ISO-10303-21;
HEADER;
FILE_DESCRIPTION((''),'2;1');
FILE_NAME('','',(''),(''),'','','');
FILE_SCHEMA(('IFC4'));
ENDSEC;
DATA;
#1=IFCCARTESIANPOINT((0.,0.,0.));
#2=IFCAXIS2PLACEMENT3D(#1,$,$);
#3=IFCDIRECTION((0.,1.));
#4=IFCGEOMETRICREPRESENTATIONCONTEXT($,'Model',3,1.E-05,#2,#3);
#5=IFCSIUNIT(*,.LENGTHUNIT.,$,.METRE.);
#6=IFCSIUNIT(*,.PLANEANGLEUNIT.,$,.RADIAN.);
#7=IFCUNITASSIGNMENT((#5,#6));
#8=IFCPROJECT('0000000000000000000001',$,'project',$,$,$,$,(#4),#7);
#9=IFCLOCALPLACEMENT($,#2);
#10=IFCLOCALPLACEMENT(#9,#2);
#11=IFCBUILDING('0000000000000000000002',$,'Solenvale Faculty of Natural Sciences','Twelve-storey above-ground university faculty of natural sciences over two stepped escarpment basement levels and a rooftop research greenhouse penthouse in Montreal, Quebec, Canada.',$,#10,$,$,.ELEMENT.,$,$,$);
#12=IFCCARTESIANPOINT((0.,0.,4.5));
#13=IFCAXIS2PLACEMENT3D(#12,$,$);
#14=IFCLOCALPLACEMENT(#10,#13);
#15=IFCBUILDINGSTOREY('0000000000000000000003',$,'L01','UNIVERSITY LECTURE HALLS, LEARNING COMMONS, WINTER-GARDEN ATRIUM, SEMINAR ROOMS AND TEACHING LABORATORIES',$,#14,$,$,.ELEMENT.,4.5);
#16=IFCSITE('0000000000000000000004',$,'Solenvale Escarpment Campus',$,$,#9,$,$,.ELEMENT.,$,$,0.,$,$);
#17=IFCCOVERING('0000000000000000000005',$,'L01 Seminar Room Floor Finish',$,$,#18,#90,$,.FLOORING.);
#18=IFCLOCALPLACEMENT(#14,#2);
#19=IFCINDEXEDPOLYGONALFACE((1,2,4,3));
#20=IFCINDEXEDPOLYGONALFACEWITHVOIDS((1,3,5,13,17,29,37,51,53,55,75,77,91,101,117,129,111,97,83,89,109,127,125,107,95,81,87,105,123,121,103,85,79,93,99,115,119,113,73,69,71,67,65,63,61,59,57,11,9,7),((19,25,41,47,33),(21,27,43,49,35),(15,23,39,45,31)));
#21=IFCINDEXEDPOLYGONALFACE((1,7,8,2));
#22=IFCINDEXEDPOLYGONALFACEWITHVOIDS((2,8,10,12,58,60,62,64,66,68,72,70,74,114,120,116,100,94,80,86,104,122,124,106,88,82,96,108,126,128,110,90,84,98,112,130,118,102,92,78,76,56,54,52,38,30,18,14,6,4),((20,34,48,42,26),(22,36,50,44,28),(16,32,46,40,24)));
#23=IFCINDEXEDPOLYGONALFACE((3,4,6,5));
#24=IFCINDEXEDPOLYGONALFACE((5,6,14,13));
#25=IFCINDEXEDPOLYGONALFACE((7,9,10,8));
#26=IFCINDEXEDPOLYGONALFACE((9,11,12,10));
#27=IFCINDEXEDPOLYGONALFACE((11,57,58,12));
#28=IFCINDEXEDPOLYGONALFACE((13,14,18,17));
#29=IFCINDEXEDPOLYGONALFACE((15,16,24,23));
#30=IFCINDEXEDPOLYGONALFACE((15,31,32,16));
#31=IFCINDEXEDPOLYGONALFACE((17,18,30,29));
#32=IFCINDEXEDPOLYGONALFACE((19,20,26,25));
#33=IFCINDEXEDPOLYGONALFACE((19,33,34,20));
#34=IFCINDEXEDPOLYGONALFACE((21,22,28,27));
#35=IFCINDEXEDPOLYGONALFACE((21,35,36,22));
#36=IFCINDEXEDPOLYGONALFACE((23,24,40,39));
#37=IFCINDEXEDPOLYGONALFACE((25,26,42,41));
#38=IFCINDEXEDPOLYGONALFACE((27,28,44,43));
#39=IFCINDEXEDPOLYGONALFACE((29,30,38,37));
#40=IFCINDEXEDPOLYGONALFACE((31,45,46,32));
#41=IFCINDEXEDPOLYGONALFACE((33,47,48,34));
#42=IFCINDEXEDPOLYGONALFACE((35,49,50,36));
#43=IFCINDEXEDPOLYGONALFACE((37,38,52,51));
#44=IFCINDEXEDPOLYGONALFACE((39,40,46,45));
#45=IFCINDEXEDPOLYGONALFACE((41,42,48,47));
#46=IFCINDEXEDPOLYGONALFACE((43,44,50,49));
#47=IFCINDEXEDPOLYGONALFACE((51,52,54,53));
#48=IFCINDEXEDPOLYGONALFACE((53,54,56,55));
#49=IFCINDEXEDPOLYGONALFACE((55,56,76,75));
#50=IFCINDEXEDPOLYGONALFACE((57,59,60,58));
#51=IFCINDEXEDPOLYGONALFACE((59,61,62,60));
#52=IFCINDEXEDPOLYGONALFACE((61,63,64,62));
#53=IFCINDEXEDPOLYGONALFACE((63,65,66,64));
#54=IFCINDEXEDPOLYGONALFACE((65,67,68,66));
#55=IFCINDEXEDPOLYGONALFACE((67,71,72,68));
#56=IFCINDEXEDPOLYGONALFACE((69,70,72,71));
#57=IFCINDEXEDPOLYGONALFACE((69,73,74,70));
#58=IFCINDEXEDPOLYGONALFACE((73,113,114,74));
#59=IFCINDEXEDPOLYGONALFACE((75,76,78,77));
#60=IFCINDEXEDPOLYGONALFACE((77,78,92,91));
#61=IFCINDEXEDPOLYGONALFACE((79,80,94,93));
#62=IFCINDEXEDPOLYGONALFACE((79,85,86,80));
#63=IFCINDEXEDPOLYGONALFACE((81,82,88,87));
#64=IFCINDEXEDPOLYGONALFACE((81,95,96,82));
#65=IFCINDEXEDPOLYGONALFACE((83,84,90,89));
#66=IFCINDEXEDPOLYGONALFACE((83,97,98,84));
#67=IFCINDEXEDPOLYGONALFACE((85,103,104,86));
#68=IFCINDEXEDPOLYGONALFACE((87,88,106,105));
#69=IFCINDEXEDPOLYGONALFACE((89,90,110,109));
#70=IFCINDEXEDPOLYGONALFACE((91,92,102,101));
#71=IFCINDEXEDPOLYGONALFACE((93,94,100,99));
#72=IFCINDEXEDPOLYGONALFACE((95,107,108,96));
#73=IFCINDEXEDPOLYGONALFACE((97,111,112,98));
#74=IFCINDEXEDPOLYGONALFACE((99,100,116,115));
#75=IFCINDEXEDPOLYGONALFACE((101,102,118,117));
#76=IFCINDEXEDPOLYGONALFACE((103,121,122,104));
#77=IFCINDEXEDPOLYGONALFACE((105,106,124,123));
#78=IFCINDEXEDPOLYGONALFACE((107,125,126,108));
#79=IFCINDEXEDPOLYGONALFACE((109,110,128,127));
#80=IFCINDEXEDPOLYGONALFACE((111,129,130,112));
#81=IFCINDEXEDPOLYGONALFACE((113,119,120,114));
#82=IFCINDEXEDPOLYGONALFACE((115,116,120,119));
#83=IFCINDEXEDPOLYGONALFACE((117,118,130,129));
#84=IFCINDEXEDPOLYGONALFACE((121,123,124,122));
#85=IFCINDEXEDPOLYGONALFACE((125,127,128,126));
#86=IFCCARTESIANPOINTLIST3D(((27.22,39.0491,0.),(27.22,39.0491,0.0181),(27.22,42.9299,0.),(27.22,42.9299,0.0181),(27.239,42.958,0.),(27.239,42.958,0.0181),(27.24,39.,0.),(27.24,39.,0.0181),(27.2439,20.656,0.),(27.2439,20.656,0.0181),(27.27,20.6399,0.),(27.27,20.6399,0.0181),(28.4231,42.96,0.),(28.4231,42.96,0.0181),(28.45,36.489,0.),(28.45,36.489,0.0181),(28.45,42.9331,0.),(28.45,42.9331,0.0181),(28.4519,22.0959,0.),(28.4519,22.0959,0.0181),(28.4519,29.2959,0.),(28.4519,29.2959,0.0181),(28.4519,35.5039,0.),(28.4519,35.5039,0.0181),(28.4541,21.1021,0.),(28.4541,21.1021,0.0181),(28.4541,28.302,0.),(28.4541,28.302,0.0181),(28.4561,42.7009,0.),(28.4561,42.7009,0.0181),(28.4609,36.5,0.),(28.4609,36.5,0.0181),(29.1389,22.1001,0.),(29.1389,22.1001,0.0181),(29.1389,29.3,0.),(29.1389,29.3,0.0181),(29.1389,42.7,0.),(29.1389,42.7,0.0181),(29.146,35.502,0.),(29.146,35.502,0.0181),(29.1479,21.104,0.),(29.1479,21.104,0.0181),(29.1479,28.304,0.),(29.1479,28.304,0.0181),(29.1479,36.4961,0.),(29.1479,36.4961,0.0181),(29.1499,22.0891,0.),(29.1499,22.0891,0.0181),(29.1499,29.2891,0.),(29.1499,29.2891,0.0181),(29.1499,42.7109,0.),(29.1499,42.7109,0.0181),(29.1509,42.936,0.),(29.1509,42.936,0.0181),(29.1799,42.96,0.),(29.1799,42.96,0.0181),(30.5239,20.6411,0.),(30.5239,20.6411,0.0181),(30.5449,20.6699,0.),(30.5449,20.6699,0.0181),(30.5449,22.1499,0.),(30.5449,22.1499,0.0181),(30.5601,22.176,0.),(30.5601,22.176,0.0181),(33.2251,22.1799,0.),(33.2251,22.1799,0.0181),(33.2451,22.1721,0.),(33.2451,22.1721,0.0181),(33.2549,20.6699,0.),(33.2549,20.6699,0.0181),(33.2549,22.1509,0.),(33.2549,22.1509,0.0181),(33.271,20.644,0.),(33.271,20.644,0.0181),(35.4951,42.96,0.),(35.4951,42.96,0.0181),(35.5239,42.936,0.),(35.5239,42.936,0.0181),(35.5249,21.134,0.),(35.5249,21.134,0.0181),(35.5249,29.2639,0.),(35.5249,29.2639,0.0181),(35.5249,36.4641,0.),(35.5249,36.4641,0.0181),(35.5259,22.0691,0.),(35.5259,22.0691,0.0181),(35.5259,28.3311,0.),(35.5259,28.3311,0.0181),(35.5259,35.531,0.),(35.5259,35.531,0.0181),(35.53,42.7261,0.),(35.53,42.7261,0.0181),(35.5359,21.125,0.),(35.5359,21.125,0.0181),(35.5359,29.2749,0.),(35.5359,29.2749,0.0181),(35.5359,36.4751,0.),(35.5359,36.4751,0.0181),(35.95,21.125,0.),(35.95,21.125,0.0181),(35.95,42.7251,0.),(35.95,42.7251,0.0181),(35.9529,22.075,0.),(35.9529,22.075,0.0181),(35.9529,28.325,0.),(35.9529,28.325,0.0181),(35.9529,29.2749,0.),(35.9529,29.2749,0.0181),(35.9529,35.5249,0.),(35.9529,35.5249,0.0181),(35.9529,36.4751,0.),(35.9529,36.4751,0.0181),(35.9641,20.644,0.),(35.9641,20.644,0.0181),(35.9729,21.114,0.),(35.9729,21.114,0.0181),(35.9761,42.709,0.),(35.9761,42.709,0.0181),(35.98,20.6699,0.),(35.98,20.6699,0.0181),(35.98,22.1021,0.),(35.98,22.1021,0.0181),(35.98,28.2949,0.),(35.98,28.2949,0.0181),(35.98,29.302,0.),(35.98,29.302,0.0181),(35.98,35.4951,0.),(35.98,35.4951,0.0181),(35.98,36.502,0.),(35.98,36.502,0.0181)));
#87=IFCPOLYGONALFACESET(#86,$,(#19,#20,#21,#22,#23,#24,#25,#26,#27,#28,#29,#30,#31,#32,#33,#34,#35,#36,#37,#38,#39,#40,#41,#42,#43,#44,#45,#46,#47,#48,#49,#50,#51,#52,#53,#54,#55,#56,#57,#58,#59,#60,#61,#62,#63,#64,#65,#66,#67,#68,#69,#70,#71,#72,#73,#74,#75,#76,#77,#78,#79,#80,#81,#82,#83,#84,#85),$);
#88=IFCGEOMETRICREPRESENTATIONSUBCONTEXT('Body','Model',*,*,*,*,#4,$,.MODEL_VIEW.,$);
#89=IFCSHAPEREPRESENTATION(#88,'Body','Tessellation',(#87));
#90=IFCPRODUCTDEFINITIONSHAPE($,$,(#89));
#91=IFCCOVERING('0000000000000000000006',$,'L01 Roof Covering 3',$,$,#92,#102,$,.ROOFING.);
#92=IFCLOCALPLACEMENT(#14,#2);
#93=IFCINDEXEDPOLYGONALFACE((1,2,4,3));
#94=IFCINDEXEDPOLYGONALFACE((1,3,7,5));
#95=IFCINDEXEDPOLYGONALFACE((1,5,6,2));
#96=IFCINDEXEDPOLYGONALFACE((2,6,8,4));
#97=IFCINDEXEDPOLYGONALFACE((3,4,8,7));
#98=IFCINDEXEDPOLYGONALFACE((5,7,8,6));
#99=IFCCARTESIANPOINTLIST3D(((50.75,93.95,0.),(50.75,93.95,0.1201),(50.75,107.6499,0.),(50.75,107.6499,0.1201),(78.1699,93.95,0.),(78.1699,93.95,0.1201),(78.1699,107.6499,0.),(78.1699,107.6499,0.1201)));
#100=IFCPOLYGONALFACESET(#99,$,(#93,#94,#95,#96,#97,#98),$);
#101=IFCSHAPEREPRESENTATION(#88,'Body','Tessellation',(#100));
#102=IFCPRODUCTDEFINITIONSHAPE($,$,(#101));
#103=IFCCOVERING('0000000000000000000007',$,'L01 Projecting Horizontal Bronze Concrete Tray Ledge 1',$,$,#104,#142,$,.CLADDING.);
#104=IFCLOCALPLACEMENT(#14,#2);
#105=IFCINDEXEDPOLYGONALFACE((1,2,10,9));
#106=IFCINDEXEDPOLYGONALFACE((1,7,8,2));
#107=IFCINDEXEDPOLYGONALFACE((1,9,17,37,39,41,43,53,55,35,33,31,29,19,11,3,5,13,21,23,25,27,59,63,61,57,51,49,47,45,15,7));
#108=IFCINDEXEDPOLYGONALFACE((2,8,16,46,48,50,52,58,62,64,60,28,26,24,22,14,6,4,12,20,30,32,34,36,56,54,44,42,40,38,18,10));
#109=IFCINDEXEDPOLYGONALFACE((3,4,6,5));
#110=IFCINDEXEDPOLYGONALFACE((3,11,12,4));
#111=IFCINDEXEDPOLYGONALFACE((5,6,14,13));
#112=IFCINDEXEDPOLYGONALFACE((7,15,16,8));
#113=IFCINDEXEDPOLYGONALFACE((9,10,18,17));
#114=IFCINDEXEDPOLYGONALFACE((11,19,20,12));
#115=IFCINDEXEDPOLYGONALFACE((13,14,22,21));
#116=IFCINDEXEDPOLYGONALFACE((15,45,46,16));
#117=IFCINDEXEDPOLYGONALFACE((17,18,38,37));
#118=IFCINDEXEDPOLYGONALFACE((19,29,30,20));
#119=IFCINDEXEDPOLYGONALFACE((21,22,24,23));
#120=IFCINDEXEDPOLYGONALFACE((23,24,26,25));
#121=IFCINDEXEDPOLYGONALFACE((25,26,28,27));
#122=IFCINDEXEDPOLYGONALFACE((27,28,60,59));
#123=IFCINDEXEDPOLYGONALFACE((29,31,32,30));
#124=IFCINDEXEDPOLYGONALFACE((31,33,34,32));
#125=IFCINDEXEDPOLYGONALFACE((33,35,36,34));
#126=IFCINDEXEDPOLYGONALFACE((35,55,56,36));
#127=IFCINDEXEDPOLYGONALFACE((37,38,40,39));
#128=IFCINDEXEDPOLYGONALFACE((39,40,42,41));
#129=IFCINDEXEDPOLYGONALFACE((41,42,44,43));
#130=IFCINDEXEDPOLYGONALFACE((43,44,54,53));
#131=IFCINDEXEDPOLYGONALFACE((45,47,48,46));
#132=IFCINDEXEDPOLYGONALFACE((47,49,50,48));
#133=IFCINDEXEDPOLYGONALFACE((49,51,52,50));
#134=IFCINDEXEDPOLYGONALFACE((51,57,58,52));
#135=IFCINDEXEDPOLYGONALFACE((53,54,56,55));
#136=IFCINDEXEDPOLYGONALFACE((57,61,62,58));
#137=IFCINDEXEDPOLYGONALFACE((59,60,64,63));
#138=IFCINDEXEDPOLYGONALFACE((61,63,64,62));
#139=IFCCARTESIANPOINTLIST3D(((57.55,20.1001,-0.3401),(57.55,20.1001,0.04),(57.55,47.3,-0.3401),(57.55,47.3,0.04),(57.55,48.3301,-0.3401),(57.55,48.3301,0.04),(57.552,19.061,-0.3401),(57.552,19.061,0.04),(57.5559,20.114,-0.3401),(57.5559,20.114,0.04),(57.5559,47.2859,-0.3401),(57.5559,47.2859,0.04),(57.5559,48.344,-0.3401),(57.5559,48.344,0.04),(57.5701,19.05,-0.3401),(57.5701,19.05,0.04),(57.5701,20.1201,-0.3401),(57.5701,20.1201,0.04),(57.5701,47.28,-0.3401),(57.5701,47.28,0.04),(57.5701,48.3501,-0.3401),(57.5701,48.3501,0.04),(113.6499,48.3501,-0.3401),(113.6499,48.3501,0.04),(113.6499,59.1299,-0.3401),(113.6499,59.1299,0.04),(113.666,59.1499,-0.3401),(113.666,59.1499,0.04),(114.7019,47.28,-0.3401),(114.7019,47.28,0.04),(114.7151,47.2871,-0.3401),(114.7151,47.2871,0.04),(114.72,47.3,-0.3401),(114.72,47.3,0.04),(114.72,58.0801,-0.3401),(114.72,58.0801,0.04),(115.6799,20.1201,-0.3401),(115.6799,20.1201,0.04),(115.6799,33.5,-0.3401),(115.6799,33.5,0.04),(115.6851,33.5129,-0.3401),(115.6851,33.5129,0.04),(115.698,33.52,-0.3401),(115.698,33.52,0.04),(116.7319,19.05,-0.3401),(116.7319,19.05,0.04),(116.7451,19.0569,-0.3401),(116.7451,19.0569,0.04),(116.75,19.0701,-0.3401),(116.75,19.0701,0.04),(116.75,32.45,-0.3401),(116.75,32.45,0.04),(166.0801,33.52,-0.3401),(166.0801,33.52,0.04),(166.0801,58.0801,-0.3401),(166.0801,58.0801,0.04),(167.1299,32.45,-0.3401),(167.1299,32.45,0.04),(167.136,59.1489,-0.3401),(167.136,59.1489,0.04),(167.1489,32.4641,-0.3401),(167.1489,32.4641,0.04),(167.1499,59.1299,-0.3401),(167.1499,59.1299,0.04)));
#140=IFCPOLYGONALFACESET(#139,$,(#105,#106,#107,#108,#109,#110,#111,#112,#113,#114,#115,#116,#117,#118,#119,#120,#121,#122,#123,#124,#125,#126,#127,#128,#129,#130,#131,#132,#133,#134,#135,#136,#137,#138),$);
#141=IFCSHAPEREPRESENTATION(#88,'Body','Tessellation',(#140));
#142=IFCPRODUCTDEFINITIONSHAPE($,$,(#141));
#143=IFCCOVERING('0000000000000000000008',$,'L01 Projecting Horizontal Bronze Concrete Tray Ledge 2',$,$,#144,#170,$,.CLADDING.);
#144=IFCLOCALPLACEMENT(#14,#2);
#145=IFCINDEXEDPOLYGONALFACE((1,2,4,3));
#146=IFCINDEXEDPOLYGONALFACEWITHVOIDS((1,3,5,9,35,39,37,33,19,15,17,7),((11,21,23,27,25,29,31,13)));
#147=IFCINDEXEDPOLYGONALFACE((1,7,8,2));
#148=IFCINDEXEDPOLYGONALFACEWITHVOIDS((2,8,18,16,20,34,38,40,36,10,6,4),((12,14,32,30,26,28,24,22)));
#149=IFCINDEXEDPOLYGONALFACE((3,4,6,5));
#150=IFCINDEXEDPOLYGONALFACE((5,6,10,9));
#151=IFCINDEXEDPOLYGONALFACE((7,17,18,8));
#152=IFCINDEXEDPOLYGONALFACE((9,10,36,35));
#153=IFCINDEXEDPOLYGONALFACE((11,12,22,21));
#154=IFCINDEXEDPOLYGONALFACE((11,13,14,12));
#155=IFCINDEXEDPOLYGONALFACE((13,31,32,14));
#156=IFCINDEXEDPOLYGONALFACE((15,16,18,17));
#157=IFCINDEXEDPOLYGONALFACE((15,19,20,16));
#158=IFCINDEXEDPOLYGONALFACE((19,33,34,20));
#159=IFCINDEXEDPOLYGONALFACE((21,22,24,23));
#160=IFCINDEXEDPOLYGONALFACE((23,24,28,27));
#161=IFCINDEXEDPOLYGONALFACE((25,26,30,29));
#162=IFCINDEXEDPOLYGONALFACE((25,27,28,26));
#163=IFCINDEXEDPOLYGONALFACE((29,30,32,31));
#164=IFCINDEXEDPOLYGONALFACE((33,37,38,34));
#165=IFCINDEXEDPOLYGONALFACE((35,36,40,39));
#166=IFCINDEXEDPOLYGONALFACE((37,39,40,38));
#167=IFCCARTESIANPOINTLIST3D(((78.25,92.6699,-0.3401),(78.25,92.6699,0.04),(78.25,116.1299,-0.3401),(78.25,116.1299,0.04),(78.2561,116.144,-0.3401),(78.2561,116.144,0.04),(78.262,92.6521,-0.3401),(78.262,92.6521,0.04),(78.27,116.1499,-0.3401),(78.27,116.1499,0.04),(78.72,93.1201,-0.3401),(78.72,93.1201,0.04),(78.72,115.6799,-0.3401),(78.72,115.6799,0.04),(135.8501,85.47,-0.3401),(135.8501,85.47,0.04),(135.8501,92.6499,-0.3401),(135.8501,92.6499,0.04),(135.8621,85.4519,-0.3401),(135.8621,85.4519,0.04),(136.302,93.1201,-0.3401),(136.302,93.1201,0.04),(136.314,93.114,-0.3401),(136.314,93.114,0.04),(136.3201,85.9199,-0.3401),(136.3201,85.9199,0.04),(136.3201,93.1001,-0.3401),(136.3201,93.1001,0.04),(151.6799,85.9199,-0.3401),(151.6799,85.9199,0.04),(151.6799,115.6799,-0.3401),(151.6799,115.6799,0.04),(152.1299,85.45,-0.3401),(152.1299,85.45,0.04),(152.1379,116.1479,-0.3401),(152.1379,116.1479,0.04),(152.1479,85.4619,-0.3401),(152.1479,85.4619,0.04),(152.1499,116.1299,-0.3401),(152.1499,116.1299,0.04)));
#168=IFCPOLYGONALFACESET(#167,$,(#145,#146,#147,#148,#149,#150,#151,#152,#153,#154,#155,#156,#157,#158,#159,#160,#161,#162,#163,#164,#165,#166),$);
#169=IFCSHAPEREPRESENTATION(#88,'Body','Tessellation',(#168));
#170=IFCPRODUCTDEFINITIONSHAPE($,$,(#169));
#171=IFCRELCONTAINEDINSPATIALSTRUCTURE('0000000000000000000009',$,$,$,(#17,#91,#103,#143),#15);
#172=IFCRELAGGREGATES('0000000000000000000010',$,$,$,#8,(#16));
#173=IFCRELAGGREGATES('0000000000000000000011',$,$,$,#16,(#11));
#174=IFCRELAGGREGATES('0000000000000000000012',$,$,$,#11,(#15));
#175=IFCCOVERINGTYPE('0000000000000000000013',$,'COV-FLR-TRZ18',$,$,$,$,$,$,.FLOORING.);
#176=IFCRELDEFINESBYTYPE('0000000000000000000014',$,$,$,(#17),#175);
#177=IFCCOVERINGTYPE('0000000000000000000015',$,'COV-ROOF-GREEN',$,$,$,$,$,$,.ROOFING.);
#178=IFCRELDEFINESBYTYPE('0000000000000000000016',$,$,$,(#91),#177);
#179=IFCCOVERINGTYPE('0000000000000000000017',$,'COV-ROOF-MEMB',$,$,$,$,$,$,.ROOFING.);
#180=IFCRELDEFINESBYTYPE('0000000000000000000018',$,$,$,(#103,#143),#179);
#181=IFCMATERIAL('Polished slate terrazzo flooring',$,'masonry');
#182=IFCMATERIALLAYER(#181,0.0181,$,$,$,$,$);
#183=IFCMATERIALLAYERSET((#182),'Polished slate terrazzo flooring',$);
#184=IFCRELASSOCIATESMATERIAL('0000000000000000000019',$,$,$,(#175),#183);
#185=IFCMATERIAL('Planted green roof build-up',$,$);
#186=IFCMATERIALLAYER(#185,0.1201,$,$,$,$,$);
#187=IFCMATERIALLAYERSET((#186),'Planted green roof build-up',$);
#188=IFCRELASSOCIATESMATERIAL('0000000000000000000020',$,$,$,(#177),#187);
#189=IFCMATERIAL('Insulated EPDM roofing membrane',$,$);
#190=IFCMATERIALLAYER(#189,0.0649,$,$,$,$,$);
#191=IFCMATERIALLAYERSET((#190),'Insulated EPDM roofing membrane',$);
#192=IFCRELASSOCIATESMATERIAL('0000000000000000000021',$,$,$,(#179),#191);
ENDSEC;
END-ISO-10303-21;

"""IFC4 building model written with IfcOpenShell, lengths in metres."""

from ifc_helpers import new_model, si_unit, direction, frame, origin, place, context, subcontext, project, spatial, polyline, outline, extrude, material, layer, layer_set, type_object, element, save


model = new_model("IFC4")

# Units and contexts
model_context = context("Model", 3, precision=1e-05, world=origin(), true_north=direction((0.0, 1.0)))
body_context = subcontext(model_context, "Body", "Model", "MODEL_VIEW")
ifc_project = project(units=[si_unit("LENGTHUNIT", "METRE"), si_unit("PLANEANGLEUNIT", "RADIAN")], contexts=[model_context])

# Site, building, storey
site_placement = place(None, origin())
site = spatial("IfcSite", under=ifc_project, at=site_placement, Name="Solenvale Escarpment Campus", CompositionType="ELEMENT", RefElevation=0.0)
building_placement = place(site_placement, origin())
building = spatial("IfcBuilding", under=site, at=building_placement, Name="Solenvale Faculty of Natural Sciences", Description="Twelve-storey above-ground university faculty of natural sciences over two stepped escarpment basement levels and a rooftop research greenhouse penthouse in Montreal, Quebec, Canada.", CompositionType="ELEMENT")
storey_placement = place(building_placement, frame((0.0, 0.0, 4.5)))
storey = spatial("IfcBuildingStorey", under=building, at=storey_placement, Name="L01", Description="UNIVERSITY LECTURE HALLS, LEARNING COMMONS, WINTER-GARDEN ATRIUM, SEMINAR ROOMS AND TEACHING LABORATORIES", CompositionType="ELEMENT", Elevation=4.5)

# Coverings
ifc_material_1 = material(Name="Polished slate terrazzo flooring", Category="masonry")
ifc_layer_1 = layer(ifc_material_1, 0.0181)
ifc_layer_set_1 = layer_set([ifc_layer_1], Name="Polished slate terrazzo flooring")
covering_type_1 = type_object("IfcCoveringType", Name="COV-FLR-TRZ18", PredefinedType="FLOORING", material=ifc_layer_set_1)
covering_1_placement = place(storey_placement, origin())
element("IfcCovering", 1, at=covering_1_placement, inside=storey, type_object=covering_type_1, Name="L01 Seminar Room Floor Finish", PredefinedType="FLOORING", context=body_context, shape_type="SweptSolid", body=[
    extrude(outline(polyline([(27.24, 39.0), (27.22, 39.0491), (27.22, 42.9299), (27.239, 42.958), (28.4231, 42.96), (28.45, 42.9331), (28.4561, 42.7009), (29.1389, 42.7), (29.1499, 42.7109), (29.1509, 42.936), (29.1799, 42.96), (35.4951, 42.96), (35.5239, 42.936), (35.53, 42.7261), (35.95, 42.7251), (35.9761, 42.709), (35.98, 36.502), (35.9529, 36.4751), (35.5359, 36.4751), (35.5249, 36.4641), (35.5259, 35.531), (35.9529, 35.5249), (35.98, 35.4951), (35.98, 29.302), (35.9529, 29.2749), (35.5359, 29.2749), (35.5249, 29.2639), (35.5259, 28.3311), (35.9529, 28.325), (35.98, 28.2949), (35.98, 22.1021), (35.9529, 22.075), (35.5259, 22.0691), (35.5249, 21.134), (35.5359, 21.125), (35.95, 21.125), (35.9729, 21.114), (35.98, 20.6699), (35.9641, 20.644), (33.271, 20.644), (33.2549, 20.6699), (33.2549, 22.1509), (33.2451, 22.1721), (33.2251, 22.1799), (30.5601, 22.176), (30.5449, 22.1499), (30.5449, 20.6699), (30.5239, 20.6411), (27.27, 20.6399), (27.2439, 20.656), (27.24, 39.0)]), holes=[polyline([(28.4609, 36.5), (28.45, 36.489), (28.4519, 35.5039), (29.146, 35.502), (29.1479, 36.4961), (28.4609, 36.5)]), polyline([(29.1499, 22.0891), (29.1389, 22.1001), (28.4519, 22.0959), (28.4541, 21.1021), (29.1479, 21.104), (29.1499, 22.0891)]), polyline([(29.1499, 29.2891), (29.1389, 29.3), (28.4519, 29.2959), (28.4541, 28.302), (29.1479, 28.304), (29.1499, 29.2891)])]), origin(), (0.0, 0.0, 1.0), 0.0181),
])
ifc_material_2 = material(Name="Planted green roof build-up")
ifc_layer_2 = layer(ifc_material_2, 0.1201)
ifc_layer_set_2 = layer_set([ifc_layer_2], Name="Planted green roof build-up")
covering_type_2 = type_object("IfcCoveringType", Name="COV-ROOF-GREEN", PredefinedType="ROOFING", material=ifc_layer_set_2)
covering_2_placement = place(storey_placement, origin())
element("IfcCovering", 2, at=covering_2_placement, inside=storey, type_object=covering_type_2, Name="L01 Roof Covering 3", PredefinedType="ROOFING", context=body_context, shape_type="SweptSolid", body=[
    extrude(outline(polyline([(78.1699, 107.6499), (78.1699, 93.95), (50.75, 93.95), (50.75, 107.6499), (78.1699, 107.6499)])), origin(), (0.0, 0.0, 1.0), 0.1201),
])
ifc_material_3 = material(Name="Insulated EPDM roofing membrane")
ifc_layer_3 = layer(ifc_material_3, 0.0649)
ifc_layer_set_3 = layer_set([ifc_layer_3], Name="Insulated EPDM roofing membrane")
covering_type_3 = type_object("IfcCoveringType", Name="COV-ROOF-MEMB", PredefinedType="ROOFING", material=ifc_layer_set_3)
covering_3_placement = place(storey_placement, frame((0.0, 0.0, -0.3401)))
element("IfcCovering", 3, at=covering_3_placement, inside=storey, type_object=covering_type_3, Name="L01 Projecting Horizontal Bronze Concrete Tray Ledge 1", PredefinedType="CLADDING", context=body_context, shape_type="SweptSolid", body=[
    extrude(outline(polyline([(113.6499, 48.3501), (113.6499, 59.1299), (113.666, 59.1499), (167.136, 59.1489), (167.1499, 59.1299), (167.1489, 32.4641), (167.1299, 32.45), (116.75, 32.45), (116.75, 19.0701), (116.7451, 19.0569), (116.7319, 19.05), (57.5701, 19.05), (57.552, 19.061), (57.55, 20.1001), (57.5559, 20.114), (57.5701, 20.1201), (115.6799, 20.1201), (115.6799, 33.5), (115.6851, 33.5129), (115.698, 33.52), (166.0801, 33.52), (166.0801, 58.0801), (114.72, 58.0801), (114.72, 47.3), (114.7151, 47.2871), (114.7019, 47.28), (57.5701, 47.28), (57.5559, 47.2859), (57.55, 47.3), (57.55, 48.3301), (57.5559, 48.344), (57.5701, 48.3501), (113.6499, 48.3501)])), origin(), (0.0, 0.0, 1.0), 0.3801),
])
covering_4_placement = place(storey_placement, frame((0.0, 0.0, -0.3401)))
element("IfcCovering", 4, at=covering_4_placement, inside=storey, type_object=covering_type_3, Name="L01 Projecting Horizontal Bronze Concrete Tray Ledge 2", PredefinedType="CLADDING", context=body_context, shape_type="SweptSolid", body=[
    extrude(outline(polyline([(78.25, 116.1299), (78.2561, 116.144), (78.27, 116.1499), (152.1379, 116.1479), (152.1499, 116.1299), (152.1479, 85.4619), (152.1299, 85.45), (135.8621, 85.4519), (135.8501, 85.47), (135.8501, 92.6499), (78.262, 92.6521), (78.25, 92.6699), (78.25, 116.1299)]), holes=[polyline([(78.72, 93.1201), (136.302, 93.1201), (136.314, 93.114), (136.3201, 93.1001), (136.3201, 85.9199), (151.6799, 85.9199), (151.6799, 115.6799), (78.72, 115.6799), (78.72, 93.1201)])]), origin(), (0.0, 0.0, 1.0), 0.3801),
])

save(model, "model.ifc")
